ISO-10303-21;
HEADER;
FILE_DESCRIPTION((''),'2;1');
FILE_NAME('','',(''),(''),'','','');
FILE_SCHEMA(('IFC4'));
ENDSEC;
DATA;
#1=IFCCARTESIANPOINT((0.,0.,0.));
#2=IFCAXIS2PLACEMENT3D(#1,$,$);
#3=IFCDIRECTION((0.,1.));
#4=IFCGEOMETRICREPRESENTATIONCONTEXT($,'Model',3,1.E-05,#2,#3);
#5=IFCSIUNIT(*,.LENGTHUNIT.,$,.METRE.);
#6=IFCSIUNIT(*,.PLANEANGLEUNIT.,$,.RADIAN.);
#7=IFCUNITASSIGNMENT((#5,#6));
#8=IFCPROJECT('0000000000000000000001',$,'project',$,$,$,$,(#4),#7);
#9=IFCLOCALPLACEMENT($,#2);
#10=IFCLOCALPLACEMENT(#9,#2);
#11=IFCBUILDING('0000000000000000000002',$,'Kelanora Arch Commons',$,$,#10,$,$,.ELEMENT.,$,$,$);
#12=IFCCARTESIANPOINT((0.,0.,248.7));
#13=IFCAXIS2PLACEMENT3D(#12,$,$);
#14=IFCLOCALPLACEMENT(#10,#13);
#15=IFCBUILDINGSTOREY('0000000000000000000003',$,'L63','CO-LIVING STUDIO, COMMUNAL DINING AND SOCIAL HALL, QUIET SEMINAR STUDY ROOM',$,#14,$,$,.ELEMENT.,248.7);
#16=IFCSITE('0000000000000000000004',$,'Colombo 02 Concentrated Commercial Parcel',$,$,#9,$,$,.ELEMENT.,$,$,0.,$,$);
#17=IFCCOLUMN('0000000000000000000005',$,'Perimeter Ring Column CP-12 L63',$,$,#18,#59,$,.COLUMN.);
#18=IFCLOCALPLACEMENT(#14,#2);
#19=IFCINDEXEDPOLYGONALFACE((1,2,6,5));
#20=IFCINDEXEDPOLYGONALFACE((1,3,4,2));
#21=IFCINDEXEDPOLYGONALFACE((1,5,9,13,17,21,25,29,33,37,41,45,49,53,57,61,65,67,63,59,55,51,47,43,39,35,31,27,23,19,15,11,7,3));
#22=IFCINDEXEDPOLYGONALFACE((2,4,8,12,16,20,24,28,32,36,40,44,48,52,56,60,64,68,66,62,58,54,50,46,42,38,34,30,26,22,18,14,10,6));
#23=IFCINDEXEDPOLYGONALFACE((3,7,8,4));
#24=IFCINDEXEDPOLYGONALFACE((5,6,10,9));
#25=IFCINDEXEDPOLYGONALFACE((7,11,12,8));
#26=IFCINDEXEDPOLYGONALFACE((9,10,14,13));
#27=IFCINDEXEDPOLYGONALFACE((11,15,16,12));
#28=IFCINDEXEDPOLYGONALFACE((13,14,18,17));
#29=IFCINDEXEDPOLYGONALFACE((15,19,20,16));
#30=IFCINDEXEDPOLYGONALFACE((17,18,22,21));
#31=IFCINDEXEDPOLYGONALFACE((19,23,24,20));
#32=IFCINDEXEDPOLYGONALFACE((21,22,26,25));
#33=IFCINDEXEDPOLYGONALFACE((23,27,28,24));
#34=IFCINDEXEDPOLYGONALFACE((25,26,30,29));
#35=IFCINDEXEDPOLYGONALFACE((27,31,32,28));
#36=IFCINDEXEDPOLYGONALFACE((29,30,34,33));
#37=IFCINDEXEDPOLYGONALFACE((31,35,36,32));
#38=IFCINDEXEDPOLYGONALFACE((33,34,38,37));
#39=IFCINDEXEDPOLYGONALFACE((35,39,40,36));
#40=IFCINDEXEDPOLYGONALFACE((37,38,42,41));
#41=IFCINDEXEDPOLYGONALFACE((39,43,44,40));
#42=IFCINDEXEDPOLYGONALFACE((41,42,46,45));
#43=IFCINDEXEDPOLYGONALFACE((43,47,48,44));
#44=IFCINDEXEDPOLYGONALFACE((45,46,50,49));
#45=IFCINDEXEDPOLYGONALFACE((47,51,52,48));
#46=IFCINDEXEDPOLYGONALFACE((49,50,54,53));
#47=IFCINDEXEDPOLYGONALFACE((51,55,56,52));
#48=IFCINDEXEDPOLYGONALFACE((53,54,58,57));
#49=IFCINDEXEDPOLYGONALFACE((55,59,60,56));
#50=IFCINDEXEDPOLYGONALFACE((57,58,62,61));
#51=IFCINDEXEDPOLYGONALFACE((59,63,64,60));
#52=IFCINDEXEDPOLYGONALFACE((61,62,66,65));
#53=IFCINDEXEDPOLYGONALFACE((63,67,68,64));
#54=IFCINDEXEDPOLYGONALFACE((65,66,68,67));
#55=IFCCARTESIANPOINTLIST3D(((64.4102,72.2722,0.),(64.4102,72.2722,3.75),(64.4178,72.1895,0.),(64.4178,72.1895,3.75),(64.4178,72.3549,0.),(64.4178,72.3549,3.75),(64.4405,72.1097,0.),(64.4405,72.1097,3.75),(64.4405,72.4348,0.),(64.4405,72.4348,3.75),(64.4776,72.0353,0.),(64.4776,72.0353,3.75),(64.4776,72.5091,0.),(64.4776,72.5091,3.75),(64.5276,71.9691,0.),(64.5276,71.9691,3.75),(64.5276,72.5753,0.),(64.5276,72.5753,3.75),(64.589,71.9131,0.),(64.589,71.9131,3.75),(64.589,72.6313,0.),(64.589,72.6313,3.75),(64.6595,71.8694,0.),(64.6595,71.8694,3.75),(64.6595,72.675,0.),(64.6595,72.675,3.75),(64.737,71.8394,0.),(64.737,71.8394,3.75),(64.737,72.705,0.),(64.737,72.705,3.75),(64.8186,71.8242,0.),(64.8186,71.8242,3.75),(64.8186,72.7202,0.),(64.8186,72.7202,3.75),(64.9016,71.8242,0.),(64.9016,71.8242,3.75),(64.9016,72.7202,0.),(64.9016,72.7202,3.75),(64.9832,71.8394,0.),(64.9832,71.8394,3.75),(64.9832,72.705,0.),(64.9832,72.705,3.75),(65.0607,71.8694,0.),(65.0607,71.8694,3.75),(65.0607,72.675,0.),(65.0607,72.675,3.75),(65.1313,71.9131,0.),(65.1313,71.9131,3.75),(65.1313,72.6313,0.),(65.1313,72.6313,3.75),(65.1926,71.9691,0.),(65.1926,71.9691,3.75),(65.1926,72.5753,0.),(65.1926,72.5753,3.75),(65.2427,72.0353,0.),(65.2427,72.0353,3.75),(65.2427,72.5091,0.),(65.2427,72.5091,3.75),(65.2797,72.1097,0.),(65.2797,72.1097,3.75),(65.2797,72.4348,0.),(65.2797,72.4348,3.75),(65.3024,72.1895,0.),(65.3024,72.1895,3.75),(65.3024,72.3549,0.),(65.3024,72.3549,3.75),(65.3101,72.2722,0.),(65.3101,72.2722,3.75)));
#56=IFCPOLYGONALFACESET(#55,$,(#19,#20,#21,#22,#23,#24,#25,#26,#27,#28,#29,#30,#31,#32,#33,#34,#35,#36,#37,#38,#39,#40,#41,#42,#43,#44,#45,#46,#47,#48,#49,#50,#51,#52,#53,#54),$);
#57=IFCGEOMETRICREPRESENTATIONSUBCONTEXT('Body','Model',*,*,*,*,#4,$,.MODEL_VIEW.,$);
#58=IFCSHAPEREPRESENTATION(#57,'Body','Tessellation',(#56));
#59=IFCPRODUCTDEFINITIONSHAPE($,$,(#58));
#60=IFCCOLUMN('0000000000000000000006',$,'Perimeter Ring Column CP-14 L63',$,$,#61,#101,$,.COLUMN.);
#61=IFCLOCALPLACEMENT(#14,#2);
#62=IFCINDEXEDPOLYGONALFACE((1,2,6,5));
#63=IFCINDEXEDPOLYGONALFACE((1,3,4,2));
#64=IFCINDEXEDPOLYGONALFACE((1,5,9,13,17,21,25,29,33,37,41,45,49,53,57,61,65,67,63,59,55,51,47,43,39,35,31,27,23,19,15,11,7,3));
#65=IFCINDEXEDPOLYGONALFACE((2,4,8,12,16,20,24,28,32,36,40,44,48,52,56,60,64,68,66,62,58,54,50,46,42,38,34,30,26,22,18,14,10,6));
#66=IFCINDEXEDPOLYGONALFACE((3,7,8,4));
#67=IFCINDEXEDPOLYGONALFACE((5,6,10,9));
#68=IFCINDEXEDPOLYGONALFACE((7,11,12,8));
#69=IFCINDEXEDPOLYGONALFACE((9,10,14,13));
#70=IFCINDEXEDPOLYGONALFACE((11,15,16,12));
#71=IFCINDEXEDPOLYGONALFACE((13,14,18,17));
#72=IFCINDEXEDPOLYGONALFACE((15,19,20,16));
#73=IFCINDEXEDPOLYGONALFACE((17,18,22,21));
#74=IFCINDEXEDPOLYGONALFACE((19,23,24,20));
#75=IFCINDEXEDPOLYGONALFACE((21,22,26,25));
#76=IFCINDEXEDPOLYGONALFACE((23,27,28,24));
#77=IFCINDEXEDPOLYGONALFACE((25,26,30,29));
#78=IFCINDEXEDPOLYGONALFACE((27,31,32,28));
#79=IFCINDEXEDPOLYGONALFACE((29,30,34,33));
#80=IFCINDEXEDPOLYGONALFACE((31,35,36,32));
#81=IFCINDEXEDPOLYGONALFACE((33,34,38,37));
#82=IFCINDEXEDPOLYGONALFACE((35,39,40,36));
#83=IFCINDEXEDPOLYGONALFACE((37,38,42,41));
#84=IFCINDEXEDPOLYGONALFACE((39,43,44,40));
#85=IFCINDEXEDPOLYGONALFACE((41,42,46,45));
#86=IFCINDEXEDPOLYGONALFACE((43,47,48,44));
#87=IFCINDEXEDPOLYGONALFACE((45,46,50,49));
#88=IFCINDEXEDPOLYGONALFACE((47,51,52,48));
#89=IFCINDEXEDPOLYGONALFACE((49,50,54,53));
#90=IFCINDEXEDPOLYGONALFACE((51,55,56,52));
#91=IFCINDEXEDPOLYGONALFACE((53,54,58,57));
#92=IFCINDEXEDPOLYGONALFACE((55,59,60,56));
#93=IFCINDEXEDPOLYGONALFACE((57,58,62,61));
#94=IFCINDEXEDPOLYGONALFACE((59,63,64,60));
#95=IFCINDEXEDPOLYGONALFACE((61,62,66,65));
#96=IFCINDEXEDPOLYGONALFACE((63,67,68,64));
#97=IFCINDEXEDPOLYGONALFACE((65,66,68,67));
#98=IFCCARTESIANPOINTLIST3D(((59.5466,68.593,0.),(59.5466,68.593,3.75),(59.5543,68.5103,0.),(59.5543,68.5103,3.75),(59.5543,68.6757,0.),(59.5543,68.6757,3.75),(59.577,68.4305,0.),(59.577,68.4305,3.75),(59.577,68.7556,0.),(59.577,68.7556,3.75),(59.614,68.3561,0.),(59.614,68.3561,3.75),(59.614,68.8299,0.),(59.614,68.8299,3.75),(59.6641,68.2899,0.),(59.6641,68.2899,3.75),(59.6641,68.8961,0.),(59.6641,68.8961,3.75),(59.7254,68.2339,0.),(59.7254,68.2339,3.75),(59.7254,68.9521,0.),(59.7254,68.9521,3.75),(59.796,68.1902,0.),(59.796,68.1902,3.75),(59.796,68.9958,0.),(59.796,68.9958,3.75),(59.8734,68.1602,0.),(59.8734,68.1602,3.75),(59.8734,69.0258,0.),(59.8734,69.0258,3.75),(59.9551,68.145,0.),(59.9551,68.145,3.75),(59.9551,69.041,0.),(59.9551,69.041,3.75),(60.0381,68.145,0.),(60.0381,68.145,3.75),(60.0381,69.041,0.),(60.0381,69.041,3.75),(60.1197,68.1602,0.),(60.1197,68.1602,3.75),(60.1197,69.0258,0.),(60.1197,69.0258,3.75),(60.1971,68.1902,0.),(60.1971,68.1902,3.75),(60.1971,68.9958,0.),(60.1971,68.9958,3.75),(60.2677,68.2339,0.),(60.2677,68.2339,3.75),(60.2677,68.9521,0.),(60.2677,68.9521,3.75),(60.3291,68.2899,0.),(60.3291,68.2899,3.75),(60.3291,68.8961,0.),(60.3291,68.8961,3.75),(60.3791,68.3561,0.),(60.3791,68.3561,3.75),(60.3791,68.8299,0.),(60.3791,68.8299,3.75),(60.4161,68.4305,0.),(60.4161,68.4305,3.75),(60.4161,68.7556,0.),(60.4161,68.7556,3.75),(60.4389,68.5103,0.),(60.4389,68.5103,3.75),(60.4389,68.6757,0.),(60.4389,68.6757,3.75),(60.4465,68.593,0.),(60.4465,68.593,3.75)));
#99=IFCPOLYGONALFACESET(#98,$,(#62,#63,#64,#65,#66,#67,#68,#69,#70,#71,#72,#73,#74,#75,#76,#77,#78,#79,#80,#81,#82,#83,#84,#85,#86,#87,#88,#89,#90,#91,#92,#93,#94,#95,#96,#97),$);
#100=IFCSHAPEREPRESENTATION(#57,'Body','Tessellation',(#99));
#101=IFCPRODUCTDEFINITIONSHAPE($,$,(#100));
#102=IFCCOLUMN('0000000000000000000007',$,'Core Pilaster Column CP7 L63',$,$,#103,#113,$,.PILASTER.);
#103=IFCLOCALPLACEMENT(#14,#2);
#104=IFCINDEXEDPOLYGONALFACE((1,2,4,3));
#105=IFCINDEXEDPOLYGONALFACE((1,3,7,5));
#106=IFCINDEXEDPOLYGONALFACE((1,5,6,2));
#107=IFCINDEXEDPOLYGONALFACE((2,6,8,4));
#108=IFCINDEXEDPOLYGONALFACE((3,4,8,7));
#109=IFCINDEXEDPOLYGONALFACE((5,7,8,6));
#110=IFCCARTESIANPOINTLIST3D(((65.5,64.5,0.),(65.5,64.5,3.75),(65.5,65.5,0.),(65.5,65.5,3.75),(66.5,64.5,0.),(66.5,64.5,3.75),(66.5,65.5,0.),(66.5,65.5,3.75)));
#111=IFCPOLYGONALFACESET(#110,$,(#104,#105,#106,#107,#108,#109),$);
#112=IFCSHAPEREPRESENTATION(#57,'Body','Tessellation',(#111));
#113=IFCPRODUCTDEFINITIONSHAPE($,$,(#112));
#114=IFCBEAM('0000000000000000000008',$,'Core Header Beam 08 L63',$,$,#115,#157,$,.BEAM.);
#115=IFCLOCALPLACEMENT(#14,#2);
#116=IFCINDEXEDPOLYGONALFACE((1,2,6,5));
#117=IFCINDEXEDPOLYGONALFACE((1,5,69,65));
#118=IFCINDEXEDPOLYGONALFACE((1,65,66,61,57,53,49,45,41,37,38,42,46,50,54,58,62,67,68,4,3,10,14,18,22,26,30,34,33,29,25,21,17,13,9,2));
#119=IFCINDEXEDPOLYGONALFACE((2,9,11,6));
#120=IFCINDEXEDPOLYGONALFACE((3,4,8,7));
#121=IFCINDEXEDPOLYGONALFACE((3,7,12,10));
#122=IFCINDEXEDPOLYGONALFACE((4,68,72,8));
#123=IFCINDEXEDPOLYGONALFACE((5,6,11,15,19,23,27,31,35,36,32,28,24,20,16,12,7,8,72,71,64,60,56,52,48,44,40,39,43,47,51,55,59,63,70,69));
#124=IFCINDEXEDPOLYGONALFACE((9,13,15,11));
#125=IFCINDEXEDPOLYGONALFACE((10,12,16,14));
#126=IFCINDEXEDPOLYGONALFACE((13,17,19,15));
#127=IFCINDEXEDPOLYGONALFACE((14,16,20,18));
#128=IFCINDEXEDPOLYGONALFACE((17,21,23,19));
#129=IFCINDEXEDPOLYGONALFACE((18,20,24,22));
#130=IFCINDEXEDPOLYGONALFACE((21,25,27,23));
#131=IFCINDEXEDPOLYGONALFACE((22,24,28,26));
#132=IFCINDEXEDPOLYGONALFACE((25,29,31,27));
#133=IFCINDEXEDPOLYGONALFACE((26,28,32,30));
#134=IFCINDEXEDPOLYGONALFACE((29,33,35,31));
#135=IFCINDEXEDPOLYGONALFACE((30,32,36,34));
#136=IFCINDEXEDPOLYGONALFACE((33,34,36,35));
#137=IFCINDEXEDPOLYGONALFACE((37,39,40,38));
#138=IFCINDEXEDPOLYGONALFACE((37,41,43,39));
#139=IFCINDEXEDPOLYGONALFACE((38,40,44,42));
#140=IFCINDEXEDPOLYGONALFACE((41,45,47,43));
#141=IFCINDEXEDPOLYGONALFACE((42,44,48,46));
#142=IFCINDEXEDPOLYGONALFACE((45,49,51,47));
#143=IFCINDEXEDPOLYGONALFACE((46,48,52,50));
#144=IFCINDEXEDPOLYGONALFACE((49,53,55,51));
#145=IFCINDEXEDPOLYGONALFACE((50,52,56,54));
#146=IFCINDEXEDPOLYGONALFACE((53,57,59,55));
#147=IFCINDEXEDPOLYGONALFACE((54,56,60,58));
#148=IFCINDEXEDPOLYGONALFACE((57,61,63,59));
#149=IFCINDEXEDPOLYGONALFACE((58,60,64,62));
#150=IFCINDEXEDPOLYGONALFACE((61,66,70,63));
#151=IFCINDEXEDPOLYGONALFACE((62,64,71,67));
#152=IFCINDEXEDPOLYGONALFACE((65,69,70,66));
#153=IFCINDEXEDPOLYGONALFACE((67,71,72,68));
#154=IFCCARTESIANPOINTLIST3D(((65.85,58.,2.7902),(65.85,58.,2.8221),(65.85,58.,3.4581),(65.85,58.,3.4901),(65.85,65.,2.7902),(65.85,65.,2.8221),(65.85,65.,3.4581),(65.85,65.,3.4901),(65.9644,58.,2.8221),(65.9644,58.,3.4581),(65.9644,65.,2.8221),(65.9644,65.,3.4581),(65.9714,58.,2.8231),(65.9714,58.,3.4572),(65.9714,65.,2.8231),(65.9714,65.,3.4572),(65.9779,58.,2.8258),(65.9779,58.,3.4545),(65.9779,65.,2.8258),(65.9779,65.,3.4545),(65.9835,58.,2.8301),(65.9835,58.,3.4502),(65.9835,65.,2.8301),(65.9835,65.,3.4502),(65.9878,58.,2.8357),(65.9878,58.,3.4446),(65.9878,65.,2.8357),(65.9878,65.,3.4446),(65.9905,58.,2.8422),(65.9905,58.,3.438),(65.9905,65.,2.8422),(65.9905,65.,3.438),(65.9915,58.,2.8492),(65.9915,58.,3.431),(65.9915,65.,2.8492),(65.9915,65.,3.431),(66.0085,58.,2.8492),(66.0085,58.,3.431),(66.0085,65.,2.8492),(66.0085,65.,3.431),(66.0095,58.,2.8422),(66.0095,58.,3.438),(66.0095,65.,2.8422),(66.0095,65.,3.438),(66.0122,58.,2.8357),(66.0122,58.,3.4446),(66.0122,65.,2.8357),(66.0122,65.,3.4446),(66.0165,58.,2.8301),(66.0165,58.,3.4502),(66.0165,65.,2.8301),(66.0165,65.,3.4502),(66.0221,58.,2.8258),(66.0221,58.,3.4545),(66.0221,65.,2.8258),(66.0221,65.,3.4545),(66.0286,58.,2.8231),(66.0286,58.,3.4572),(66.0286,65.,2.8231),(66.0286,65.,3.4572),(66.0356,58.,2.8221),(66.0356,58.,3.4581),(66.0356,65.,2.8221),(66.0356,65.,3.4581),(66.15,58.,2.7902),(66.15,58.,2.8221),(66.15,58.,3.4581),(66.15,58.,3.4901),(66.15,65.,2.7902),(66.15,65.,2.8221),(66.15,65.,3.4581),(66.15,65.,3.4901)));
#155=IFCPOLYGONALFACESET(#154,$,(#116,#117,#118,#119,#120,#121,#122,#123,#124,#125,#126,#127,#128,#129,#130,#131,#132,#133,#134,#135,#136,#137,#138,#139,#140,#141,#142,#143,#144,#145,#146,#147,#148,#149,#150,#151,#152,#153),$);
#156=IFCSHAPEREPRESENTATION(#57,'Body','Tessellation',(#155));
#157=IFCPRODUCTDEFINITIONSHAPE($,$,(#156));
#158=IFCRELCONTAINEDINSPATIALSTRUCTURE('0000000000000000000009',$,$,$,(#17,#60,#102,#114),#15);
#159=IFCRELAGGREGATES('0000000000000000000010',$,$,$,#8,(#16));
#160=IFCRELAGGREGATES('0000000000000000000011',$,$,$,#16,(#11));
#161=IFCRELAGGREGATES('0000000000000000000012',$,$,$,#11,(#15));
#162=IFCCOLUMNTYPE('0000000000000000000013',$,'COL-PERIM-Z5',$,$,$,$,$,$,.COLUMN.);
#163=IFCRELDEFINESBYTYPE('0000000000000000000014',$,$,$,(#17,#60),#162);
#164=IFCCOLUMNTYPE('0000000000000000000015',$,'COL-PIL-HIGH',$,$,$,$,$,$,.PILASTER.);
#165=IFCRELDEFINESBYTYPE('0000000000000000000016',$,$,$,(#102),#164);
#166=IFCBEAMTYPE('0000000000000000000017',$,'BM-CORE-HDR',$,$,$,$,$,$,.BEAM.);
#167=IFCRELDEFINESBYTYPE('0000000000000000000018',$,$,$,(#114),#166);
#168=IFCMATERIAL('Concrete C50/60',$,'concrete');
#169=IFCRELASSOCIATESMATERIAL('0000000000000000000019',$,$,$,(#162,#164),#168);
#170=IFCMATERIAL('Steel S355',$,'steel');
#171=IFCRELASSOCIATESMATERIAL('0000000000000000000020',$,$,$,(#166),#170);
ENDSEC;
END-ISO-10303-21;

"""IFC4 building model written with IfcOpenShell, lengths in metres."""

from ifc_helpers import new_model, si_unit, direction, frame, origin, origin_2d, place, context, subcontext, project, spatial, rectangle, circle, i_section, extrude, material, material_profile, profile_set, type_object, element, save


model = new_model("IFC4")

# Units and contexts
model_context = context("Model", 3, precision=1e-05, world=origin(), true_north=direction((0.0, 1.0)))
body_context = subcontext(model_context, "Body", "Model", "MODEL_VIEW")
ifc_project = project(units=[si_unit("LENGTHUNIT", "METRE"), si_unit("PLANEANGLEUNIT", "RADIAN")], contexts=[model_context])

# Site, building, storey
site_placement = place(None, origin())
site = spatial("IfcSite", under=ifc_project, at=site_placement, Name="Colombo 02 Concentrated Commercial Parcel", CompositionType="ELEMENT", RefElevation=0.0)
building_placement = place(site_placement, origin())
building = spatial("IfcBuilding", under=site, at=building_placement, Name="Kelanora Arch Commons", CompositionType="ELEMENT")
storey_placement = place(building_placement, frame((0.0, 0.0, 248.7)))
storey = spatial("IfcBuildingStorey", under=building, at=storey_placement, Name="L63", Description="CO-LIVING STUDIO, COMMUNAL DINING AND SOCIAL HALL, QUIET SEMINAR STUDY ROOM", CompositionType="ELEMENT", Elevation=248.7)

# Columns
ifc_material_1 = material(Name="Concrete C50/60", Category="concrete")
ifc_material_profile_1 = material_profile(ifc_material_1, circle(Radius=0.45, at=origin_2d()), Name="RCC900")
ifc_profile_set_1 = profile_set([ifc_material_profile_1], Name="Concrete C50/60")
column_type_1 = type_object("IfcColumnType", Name="COL-PERIM-Z5", PredefinedType="COLUMN", material=ifc_profile_set_1)
for number, where, z_axis, x_axis, name in (
    (1, (64.8601, 72.2722, 0.0), (0.0, 0.0, 1.0), (1.0, 0.0, 0.0), "Perimeter Ring Column CP-12 L63"),
    (2, (59.9966, 68.593, 0.0), (0.0, 0.0, 1.0), (1.0, 0.0, 0.0), "Perimeter Ring Column CP-14 L63"),
):
    element("IfcColumn", number, at=place(storey_placement, frame(where, z_axis=z_axis, x_axis=x_axis)), inside=storey, type_object=column_type_1, Name=name, PredefinedType="COLUMN", context=body_context, shape_type="SweptSolid", body=[
        extrude(circle(Radius=0.45, at=origin_2d()), origin(), (0.0, 0.0, 1.0), 3.75),
    ])
ifc_material_profile_2 = material_profile(ifc_material_1, rectangle(XDim=1.0, YDim=1.0, at=origin_2d()), Name="RC1000x1000")
ifc_profile_set_2 = profile_set([ifc_material_profile_2], Name="Concrete C50/60")
column_type_2 = type_object("IfcColumnType", Name="COL-PIL-HIGH", PredefinedType="PILASTER", material=ifc_profile_set_2)
column_placement = place(storey_placement, frame((66.0, 65.0, 0.0), z_axis=(0.0, 0.0, 1.0), x_axis=(1.0, 0.0, 0.0)))
element("IfcColumn", 3, at=column_placement, inside=storey, type_object=column_type_2, Name="Core Pilaster Column CP7 L63", PredefinedType="PILASTER", context=body_context, shape_type="SweptSolid", body=[
    extrude(rectangle(XDim=1.0, YDim=1.0, at=origin_2d()), origin(), (0.0, 0.0, 1.0), 3.75),
])

# Beam
ifc_material_2 = material(Name="Steel S355", Category="steel")
ifc_material_profile_3 = material_profile(ifc_material_2, i_section(OverallWidth=0.3, OverallDepth=0.7, WebThickness=0.0171, FlangeThickness=0.032, FilletRadius=0.0271, at=origin_2d()), Name="HEB700")
ifc_profile_set_3 = profile_set([ifc_material_profile_3], Name="Steel S355")
beam_type_1 = type_object("IfcBeamType", Name="BM-CORE-HDR", PredefinedType="BEAM", material=ifc_profile_set_3)
beam_1_placement = place(storey_placement, frame((66.0, 65.0, 3.1401), z_axis=(0.0, -1.0, 0.0), x_axis=(1.0, 0.0, 0.0)))
element("IfcBeam", 4, at=beam_1_placement, inside=storey, type_object=beam_type_1, Name="Core Header Beam 08 L63", PredefinedType="BEAM", context=body_context, shape_type="SweptSolid", body=[
    extrude(i_section(OverallWidth=0.3, OverallDepth=0.7, WebThickness=0.0171, FlangeThickness=0.032, FilletRadius=0.0271, at=origin_2d()), origin(), (0.0, 0.0, 1.0), 7.0),
])

save(model, "model.ifc")
